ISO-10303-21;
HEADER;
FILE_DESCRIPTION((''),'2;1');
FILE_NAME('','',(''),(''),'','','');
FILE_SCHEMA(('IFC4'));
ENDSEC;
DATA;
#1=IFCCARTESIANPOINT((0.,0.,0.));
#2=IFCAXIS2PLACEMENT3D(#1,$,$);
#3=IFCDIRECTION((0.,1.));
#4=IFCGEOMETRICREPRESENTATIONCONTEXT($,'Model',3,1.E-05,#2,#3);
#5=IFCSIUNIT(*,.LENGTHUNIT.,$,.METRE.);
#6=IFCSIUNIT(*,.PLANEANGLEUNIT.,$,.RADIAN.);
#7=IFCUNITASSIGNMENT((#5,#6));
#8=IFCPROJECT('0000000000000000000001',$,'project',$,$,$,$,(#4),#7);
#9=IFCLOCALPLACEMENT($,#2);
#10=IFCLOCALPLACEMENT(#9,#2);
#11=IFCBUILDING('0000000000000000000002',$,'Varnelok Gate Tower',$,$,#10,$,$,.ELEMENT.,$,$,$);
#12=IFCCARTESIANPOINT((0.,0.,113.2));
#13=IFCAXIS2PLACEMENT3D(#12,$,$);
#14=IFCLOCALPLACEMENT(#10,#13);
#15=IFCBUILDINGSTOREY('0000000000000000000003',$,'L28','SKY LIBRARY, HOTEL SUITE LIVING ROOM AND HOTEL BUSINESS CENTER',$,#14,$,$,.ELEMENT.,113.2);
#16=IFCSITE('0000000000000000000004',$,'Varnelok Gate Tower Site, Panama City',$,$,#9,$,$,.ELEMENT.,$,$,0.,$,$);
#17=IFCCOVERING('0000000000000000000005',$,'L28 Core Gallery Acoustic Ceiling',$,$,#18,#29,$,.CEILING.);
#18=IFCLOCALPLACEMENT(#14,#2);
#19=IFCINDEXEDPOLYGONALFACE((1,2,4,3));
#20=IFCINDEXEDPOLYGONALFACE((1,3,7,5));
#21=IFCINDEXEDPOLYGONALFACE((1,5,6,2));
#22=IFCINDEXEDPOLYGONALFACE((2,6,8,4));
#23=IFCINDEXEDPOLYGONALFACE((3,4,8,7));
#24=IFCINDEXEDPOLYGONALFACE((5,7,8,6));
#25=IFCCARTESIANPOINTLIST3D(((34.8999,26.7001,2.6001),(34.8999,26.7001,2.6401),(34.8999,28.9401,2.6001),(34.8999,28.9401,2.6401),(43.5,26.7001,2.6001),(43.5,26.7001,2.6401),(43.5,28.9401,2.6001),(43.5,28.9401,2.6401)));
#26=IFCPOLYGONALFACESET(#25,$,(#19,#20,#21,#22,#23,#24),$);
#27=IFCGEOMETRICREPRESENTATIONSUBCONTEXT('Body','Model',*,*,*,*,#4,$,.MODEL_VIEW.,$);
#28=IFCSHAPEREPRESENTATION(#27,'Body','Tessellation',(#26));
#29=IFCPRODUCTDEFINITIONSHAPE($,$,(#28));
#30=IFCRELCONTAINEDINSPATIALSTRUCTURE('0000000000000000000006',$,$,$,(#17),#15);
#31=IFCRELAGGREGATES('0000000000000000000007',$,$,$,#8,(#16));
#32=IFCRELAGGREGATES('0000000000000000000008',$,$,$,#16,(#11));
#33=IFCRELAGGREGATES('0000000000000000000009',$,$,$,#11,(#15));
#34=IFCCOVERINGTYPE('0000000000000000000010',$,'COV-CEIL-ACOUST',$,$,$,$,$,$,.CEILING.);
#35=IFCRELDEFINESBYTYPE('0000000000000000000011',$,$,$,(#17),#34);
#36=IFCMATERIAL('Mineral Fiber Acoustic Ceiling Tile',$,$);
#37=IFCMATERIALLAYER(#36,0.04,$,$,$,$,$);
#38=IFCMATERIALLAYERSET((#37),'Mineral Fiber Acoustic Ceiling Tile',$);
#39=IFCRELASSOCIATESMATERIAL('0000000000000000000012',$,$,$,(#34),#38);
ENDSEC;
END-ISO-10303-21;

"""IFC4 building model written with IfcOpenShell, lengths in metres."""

from ifc_helpers import new_model, si_unit, direction, frame, origin, origin_2d, place, context, subcontext, project, spatial, rectangle, extrude, source, transform, mapped, material, layer, layer_set, type_object, element, save


model = new_model("IFC4")

# Units and contexts
model_context = context("Model", 3, precision=1e-05, world=origin(), true_north=direction((0.0, 1.0)))
body_context = subcontext(model_context, "Body", "Model", "MODEL_VIEW")
ifc_project = project(units=[si_unit("LENGTHUNIT", "METRE"), si_unit("PLANEANGLEUNIT", "RADIAN")], contexts=[model_context])

# Site, building, storey
site_placement = place(None, origin())
site = spatial("IfcSite", under=ifc_project, at=site_placement, Name="Varnelok Gate Tower Site, Panama City", CompositionType="ELEMENT", RefElevation=0.0)
building_placement = place(site_placement, origin())
building = spatial("IfcBuilding", under=site, at=building_placement, Name="Varnelok Gate Tower", CompositionType="ELEMENT")
storey_placement = place(building_placement, frame((0.0, 0.0, 113.2)))
storey = spatial("IfcBuildingStorey", under=building, at=storey_placement, Name="L28", Description="SKY LIBRARY, HOTEL SUITE LIVING ROOM AND HOTEL BUSINESS CENTER", CompositionType="ELEMENT", Elevation=113.2)

# Covering
ifc_material_1 = material(Name="Mineral Fiber Acoustic Ceiling Tile")
ifc_layer_1 = layer(ifc_material_1, 0.04)
ifc_layer_set_1 = layer_set([ifc_layer_1], Name="Mineral Fiber Acoustic Ceiling Tile")
covering_type_1 = type_object("IfcCoveringType", Name="COV-CEIL-ACOUST", PredefinedType="CEILING", material=ifc_layer_set_1)
shared_shape_1 = source(origin(), body_context, "Body", "SweptSolid", [
    extrude(rectangle(XDim=8.6001, YDim=2.24, at=origin_2d()), origin(), (0.0, 0.0, 1.0), 0.04),
])
covering_1_placement = place(storey_placement, frame((39.2, 27.8201, 2.6001), z_axis=(0.0, 0.0, 1.0), x_axis=(1.0, 0.0, 0.0)))
element("IfcCovering", 1, at=covering_1_placement, inside=storey, type_object=covering_type_1, Name="L28 Core Gallery Acoustic Ceiling", PredefinedType="CEILING", context=body_context, shape_type="MappedRepresentation", body=[
    mapped(shared_shape_1, transform((0.0, 0.0, 0.0), scale=1.0)),
])

save(model, "model.ifc")
